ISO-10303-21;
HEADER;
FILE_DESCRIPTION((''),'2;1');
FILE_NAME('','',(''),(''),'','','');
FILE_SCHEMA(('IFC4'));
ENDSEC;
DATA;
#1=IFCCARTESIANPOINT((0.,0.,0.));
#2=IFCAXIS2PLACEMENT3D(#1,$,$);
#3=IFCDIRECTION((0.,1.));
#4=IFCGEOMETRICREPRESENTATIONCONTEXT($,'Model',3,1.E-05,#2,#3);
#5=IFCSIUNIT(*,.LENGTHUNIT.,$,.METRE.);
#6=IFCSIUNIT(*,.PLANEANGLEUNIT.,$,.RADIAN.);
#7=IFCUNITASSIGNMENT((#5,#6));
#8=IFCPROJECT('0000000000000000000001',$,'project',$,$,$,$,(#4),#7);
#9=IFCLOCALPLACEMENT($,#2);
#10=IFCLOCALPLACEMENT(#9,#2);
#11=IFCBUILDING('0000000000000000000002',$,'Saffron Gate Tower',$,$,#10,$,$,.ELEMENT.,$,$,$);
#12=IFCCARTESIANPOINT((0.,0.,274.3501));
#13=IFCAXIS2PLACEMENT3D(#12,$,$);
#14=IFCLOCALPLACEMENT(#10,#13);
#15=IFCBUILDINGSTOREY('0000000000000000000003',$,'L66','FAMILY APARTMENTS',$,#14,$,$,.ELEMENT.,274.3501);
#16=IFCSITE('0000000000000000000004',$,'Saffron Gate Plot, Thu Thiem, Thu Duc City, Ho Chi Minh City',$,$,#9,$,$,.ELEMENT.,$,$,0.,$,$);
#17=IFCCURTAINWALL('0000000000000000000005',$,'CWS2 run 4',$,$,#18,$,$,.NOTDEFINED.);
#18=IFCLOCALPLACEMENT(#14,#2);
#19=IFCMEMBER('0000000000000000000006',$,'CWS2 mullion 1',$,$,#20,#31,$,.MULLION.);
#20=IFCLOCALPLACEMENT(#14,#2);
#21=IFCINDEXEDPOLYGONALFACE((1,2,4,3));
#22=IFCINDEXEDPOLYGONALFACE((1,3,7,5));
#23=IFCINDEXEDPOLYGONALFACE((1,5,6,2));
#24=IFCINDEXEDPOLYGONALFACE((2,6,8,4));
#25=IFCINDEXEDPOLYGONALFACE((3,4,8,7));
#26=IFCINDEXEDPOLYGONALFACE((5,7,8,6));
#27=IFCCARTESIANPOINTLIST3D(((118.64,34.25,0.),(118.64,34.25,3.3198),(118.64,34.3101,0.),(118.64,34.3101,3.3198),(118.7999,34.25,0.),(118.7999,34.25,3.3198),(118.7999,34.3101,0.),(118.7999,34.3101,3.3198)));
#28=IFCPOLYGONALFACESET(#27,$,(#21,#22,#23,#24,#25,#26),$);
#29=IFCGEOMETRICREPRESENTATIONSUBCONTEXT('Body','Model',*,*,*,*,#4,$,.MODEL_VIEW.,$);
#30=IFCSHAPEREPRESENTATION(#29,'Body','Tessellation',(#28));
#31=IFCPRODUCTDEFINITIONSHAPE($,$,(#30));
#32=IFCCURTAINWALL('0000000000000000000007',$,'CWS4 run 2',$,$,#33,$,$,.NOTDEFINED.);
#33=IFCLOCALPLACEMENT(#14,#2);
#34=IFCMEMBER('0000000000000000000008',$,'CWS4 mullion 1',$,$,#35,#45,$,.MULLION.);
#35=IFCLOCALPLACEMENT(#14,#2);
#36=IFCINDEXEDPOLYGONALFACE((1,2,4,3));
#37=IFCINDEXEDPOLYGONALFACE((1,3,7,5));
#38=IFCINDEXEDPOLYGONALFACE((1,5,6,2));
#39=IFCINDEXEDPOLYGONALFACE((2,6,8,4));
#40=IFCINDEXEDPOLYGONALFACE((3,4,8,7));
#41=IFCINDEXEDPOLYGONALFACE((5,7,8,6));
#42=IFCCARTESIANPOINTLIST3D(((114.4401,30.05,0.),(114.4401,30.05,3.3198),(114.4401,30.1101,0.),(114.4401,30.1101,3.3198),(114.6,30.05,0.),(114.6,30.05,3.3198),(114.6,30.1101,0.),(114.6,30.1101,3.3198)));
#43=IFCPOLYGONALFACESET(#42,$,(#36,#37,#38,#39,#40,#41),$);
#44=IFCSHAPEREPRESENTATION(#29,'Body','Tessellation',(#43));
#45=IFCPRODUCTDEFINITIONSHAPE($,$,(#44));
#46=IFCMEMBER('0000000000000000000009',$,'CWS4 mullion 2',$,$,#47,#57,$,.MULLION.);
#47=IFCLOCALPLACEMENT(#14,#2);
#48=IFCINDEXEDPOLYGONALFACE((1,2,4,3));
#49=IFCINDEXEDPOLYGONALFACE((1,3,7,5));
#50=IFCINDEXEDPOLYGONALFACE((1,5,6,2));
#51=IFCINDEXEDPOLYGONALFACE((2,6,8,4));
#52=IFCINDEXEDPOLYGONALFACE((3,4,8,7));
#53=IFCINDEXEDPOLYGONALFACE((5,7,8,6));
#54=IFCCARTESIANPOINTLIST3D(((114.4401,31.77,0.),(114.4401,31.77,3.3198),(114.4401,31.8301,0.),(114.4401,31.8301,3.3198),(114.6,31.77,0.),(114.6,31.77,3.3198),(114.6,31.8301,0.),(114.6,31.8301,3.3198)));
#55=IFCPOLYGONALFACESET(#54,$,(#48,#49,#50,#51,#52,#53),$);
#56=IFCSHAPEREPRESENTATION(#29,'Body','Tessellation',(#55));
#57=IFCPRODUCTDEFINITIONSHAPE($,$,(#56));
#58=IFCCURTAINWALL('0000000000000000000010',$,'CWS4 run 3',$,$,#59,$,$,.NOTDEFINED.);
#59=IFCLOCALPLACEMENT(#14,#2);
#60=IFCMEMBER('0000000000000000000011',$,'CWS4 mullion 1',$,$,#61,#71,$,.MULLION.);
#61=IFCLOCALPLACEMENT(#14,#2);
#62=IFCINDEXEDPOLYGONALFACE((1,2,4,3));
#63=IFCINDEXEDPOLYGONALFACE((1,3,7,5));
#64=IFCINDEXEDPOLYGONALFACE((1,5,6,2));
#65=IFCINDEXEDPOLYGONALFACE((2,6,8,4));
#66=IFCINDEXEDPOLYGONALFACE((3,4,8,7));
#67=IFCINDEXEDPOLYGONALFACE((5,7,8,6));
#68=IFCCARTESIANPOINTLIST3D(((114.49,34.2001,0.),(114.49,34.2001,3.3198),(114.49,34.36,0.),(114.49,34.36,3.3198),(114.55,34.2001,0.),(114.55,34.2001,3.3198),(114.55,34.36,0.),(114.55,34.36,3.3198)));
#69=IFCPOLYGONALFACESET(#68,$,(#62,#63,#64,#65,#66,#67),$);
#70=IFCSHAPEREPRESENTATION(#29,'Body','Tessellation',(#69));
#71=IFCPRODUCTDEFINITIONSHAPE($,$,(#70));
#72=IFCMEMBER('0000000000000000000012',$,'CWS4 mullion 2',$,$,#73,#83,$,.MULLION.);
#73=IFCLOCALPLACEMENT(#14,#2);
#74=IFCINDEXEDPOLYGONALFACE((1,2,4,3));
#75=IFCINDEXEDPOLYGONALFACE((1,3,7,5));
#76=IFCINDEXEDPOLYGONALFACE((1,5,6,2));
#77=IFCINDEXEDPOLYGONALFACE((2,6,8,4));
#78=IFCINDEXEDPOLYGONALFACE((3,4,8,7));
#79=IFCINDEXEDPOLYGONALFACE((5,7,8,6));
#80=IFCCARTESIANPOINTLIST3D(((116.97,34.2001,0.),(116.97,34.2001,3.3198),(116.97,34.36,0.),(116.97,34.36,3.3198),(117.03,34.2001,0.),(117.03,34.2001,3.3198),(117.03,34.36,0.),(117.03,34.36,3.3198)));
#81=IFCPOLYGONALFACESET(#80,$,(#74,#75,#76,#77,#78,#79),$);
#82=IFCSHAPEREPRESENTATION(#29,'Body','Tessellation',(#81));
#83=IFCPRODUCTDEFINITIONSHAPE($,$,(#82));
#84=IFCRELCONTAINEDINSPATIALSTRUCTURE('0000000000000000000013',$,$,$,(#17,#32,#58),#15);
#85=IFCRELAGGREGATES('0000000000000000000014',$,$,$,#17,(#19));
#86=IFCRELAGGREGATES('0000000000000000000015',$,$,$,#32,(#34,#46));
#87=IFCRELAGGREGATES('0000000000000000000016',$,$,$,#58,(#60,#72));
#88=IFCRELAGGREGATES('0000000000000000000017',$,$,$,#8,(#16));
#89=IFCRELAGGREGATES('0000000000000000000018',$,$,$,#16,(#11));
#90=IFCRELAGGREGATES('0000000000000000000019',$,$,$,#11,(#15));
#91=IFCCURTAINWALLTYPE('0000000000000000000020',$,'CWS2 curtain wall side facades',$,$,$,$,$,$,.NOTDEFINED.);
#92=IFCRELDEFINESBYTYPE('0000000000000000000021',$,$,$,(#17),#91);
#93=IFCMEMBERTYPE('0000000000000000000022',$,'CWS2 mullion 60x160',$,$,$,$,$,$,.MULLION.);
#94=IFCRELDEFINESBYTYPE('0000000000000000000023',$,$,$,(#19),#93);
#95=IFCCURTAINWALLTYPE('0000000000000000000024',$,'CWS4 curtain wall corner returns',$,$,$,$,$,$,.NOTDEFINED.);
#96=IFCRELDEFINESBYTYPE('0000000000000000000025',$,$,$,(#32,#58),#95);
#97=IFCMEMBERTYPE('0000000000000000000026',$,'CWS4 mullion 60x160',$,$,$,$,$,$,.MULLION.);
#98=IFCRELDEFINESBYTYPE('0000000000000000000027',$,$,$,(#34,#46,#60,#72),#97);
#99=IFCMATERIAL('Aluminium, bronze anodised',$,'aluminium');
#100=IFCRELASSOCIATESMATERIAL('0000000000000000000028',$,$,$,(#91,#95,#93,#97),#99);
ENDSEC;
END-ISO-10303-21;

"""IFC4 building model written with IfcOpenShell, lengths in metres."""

from ifc_helpers import new_model, si_unit, direction, frame, origin, origin_2d, place, context, subcontext, project, spatial, rectangle, extrude, material, material_profile, profile_set, type_object, element, aggregate, save


model = new_model("IFC4")

# Units and contexts
model_context = context("Model", 3, precision=1e-05, world=origin(), true_north=direction((0.0, 1.0)))
body_context = subcontext(model_context, "Body", "Model", "MODEL_VIEW")
ifc_project = project(units=[si_unit("LENGTHUNIT", "METRE"), si_unit("PLANEANGLEUNIT", "RADIAN")], contexts=[model_context])

# Site, building, storey
site_placement = place(None, origin())
site = spatial("IfcSite", under=ifc_project, at=site_placement, Name="Saffron Gate Plot, Thu Thiem, Thu Duc City, Ho Chi Minh City", CompositionType="ELEMENT", RefElevation=0.0)
building_placement = place(site_placement, origin())
building = spatial("IfcBuilding", under=site, at=building_placement, Name="Saffron Gate Tower", CompositionType="ELEMENT")
storey_placement = place(building_placement, frame((0.0, 0.0, 274.3501)))
storey = spatial("IfcBuildingStorey", under=building, at=storey_placement, Name="L66", Description="FAMILY APARTMENTS", CompositionType="ELEMENT", Elevation=274.3501)

# Curtain wall, member
ifc_material_1 = material(Name="Aluminium, bronze anodised", Category="aluminium")
curtain_wall_type_1 = type_object("IfcCurtainWallType", Name="CWS2 curtain wall side facades", PredefinedType="NOTDEFINED", material=ifc_material_1)
curtain_wall_1_placement = place(storey_placement, origin())
curtain_wall_1 = element("IfcCurtainWall", 1, at=curtain_wall_1_placement, inside=storey, type_object=curtain_wall_type_1, Name="CWS2 run 4", PredefinedType="NOTDEFINED")
ifc_material_profile_1 = material_profile(ifc_material_1, rectangle(XDim=0.1599, YDim=0.0601, at=origin_2d()))
ifc_profile_set_1 = profile_set([ifc_material_profile_1], Name="Aluminium, bronze anodised")
member_type_1 = type_object("IfcMemberType", Name="CWS2 mullion 60x160", PredefinedType="MULLION", material=ifc_profile_set_1)
member_1_placement = place(storey_placement, frame((118.72, 34.28, 0.0), z_axis=(0.0, 0.0, 1.0), x_axis=(-1.0, 0.0, 0.0)))
member_1 = element("IfcMember", 2, at=member_1_placement, type_object=member_type_1, Name="CWS2 mullion 1", PredefinedType="MULLION", context=body_context, shape_type="SweptSolid", body=[
    extrude(rectangle(XDim=0.1599, YDim=0.0601, at=origin_2d()), origin(), (0.0, 0.0, 1.0), 3.3198),
])

# Curtain walls, members
curtain_wall_type_2 = type_object("IfcCurtainWallType", Name="CWS4 curtain wall corner returns", PredefinedType="NOTDEFINED", material=ifc_material_1)
curtain_wall_2_placement = place(storey_placement, origin())
curtain_wall_2 = element("IfcCurtainWall", 3, at=curtain_wall_2_placement, inside=storey, type_object=curtain_wall_type_2, Name="CWS4 run 2", PredefinedType="NOTDEFINED")
ifc_material_profile_2 = material_profile(ifc_material_1, rectangle(XDim=0.1599, YDim=0.0601, at=origin_2d()))
ifc_profile_set_2 = profile_set([ifc_material_profile_2], Name="Aluminium, bronze anodised")
member_type_2 = type_object("IfcMemberType", Name="CWS4 mullion 60x160", PredefinedType="MULLION", material=ifc_profile_set_2)
member_2_placement = place(storey_placement, frame((114.52, 30.0801, 0.0), z_axis=(0.0, 0.0, 1.0), x_axis=(-1.0, 0.0, 0.0)))
member_2 = element("IfcMember", 4, at=member_2_placement, type_object=member_type_2, Name="CWS4 mullion 1", PredefinedType="MULLION", context=body_context, shape_type="SweptSolid", body=[
    extrude(rectangle(XDim=0.1599, YDim=0.0601, at=origin_2d()), origin(), (0.0, 0.0, 1.0), 3.3198),
])
member_3_placement = place(storey_placement, frame((114.52, 31.8, 0.0), z_axis=(0.0, 0.0, 1.0), x_axis=(-1.0, 0.0, 0.0)))
member_3 = element("IfcMember", 5, at=member_3_placement, type_object=member_type_2, Name="CWS4 mullion 2", PredefinedType="MULLION", context=body_context, shape_type="SweptSolid", body=[
    extrude(rectangle(XDim=0.1599, YDim=0.0601, at=origin_2d()), origin(), (0.0, 0.0, 1.0), 3.3198),
])
curtain_wall_3_placement = place(storey_placement, origin())
curtain_wall_3 = element("IfcCurtainWall", 6, at=curtain_wall_3_placement, inside=storey, type_object=curtain_wall_type_2, Name="CWS4 run 3", PredefinedType="NOTDEFINED")
member_4_placement = place(storey_placement, frame((114.52, 34.28, 0.0), z_axis=(0.0, 0.0, 1.0), x_axis=(0.0, 1.0, 0.0)))
member_4 = element("IfcMember", 7, at=member_4_placement, type_object=member_type_2, Name="CWS4 mullion 1", PredefinedType="MULLION", context=body_context, shape_type="SweptSolid", body=[
    extrude(rectangle(XDim=0.1599, YDim=0.0601, at=origin_2d()), origin(), (0.0, 0.0, 1.0), 3.3198),
])
member_5_placement = place(storey_placement, frame((117.0, 34.28, 0.0), z_axis=(0.0, 0.0, 1.0), x_axis=(0.0, 1.0, 0.0)))
member_5 = element("IfcMember", 8, at=member_5_placement, type_object=member_type_2, Name="CWS4 mullion 2", PredefinedType="MULLION", context=body_context, shape_type="SweptSolid", body=[
    extrude(rectangle(XDim=0.1599, YDim=0.0601, at=origin_2d()), origin(), (0.0, 0.0, 1.0), 3.3198),
])

aggregate(curtain_wall_1, [member_1])

aggregate(curtain_wall_2, [member_2, member_3])
aggregate(curtain_wall_3, [member_4, member_5])

save(model, "model.ifc")
